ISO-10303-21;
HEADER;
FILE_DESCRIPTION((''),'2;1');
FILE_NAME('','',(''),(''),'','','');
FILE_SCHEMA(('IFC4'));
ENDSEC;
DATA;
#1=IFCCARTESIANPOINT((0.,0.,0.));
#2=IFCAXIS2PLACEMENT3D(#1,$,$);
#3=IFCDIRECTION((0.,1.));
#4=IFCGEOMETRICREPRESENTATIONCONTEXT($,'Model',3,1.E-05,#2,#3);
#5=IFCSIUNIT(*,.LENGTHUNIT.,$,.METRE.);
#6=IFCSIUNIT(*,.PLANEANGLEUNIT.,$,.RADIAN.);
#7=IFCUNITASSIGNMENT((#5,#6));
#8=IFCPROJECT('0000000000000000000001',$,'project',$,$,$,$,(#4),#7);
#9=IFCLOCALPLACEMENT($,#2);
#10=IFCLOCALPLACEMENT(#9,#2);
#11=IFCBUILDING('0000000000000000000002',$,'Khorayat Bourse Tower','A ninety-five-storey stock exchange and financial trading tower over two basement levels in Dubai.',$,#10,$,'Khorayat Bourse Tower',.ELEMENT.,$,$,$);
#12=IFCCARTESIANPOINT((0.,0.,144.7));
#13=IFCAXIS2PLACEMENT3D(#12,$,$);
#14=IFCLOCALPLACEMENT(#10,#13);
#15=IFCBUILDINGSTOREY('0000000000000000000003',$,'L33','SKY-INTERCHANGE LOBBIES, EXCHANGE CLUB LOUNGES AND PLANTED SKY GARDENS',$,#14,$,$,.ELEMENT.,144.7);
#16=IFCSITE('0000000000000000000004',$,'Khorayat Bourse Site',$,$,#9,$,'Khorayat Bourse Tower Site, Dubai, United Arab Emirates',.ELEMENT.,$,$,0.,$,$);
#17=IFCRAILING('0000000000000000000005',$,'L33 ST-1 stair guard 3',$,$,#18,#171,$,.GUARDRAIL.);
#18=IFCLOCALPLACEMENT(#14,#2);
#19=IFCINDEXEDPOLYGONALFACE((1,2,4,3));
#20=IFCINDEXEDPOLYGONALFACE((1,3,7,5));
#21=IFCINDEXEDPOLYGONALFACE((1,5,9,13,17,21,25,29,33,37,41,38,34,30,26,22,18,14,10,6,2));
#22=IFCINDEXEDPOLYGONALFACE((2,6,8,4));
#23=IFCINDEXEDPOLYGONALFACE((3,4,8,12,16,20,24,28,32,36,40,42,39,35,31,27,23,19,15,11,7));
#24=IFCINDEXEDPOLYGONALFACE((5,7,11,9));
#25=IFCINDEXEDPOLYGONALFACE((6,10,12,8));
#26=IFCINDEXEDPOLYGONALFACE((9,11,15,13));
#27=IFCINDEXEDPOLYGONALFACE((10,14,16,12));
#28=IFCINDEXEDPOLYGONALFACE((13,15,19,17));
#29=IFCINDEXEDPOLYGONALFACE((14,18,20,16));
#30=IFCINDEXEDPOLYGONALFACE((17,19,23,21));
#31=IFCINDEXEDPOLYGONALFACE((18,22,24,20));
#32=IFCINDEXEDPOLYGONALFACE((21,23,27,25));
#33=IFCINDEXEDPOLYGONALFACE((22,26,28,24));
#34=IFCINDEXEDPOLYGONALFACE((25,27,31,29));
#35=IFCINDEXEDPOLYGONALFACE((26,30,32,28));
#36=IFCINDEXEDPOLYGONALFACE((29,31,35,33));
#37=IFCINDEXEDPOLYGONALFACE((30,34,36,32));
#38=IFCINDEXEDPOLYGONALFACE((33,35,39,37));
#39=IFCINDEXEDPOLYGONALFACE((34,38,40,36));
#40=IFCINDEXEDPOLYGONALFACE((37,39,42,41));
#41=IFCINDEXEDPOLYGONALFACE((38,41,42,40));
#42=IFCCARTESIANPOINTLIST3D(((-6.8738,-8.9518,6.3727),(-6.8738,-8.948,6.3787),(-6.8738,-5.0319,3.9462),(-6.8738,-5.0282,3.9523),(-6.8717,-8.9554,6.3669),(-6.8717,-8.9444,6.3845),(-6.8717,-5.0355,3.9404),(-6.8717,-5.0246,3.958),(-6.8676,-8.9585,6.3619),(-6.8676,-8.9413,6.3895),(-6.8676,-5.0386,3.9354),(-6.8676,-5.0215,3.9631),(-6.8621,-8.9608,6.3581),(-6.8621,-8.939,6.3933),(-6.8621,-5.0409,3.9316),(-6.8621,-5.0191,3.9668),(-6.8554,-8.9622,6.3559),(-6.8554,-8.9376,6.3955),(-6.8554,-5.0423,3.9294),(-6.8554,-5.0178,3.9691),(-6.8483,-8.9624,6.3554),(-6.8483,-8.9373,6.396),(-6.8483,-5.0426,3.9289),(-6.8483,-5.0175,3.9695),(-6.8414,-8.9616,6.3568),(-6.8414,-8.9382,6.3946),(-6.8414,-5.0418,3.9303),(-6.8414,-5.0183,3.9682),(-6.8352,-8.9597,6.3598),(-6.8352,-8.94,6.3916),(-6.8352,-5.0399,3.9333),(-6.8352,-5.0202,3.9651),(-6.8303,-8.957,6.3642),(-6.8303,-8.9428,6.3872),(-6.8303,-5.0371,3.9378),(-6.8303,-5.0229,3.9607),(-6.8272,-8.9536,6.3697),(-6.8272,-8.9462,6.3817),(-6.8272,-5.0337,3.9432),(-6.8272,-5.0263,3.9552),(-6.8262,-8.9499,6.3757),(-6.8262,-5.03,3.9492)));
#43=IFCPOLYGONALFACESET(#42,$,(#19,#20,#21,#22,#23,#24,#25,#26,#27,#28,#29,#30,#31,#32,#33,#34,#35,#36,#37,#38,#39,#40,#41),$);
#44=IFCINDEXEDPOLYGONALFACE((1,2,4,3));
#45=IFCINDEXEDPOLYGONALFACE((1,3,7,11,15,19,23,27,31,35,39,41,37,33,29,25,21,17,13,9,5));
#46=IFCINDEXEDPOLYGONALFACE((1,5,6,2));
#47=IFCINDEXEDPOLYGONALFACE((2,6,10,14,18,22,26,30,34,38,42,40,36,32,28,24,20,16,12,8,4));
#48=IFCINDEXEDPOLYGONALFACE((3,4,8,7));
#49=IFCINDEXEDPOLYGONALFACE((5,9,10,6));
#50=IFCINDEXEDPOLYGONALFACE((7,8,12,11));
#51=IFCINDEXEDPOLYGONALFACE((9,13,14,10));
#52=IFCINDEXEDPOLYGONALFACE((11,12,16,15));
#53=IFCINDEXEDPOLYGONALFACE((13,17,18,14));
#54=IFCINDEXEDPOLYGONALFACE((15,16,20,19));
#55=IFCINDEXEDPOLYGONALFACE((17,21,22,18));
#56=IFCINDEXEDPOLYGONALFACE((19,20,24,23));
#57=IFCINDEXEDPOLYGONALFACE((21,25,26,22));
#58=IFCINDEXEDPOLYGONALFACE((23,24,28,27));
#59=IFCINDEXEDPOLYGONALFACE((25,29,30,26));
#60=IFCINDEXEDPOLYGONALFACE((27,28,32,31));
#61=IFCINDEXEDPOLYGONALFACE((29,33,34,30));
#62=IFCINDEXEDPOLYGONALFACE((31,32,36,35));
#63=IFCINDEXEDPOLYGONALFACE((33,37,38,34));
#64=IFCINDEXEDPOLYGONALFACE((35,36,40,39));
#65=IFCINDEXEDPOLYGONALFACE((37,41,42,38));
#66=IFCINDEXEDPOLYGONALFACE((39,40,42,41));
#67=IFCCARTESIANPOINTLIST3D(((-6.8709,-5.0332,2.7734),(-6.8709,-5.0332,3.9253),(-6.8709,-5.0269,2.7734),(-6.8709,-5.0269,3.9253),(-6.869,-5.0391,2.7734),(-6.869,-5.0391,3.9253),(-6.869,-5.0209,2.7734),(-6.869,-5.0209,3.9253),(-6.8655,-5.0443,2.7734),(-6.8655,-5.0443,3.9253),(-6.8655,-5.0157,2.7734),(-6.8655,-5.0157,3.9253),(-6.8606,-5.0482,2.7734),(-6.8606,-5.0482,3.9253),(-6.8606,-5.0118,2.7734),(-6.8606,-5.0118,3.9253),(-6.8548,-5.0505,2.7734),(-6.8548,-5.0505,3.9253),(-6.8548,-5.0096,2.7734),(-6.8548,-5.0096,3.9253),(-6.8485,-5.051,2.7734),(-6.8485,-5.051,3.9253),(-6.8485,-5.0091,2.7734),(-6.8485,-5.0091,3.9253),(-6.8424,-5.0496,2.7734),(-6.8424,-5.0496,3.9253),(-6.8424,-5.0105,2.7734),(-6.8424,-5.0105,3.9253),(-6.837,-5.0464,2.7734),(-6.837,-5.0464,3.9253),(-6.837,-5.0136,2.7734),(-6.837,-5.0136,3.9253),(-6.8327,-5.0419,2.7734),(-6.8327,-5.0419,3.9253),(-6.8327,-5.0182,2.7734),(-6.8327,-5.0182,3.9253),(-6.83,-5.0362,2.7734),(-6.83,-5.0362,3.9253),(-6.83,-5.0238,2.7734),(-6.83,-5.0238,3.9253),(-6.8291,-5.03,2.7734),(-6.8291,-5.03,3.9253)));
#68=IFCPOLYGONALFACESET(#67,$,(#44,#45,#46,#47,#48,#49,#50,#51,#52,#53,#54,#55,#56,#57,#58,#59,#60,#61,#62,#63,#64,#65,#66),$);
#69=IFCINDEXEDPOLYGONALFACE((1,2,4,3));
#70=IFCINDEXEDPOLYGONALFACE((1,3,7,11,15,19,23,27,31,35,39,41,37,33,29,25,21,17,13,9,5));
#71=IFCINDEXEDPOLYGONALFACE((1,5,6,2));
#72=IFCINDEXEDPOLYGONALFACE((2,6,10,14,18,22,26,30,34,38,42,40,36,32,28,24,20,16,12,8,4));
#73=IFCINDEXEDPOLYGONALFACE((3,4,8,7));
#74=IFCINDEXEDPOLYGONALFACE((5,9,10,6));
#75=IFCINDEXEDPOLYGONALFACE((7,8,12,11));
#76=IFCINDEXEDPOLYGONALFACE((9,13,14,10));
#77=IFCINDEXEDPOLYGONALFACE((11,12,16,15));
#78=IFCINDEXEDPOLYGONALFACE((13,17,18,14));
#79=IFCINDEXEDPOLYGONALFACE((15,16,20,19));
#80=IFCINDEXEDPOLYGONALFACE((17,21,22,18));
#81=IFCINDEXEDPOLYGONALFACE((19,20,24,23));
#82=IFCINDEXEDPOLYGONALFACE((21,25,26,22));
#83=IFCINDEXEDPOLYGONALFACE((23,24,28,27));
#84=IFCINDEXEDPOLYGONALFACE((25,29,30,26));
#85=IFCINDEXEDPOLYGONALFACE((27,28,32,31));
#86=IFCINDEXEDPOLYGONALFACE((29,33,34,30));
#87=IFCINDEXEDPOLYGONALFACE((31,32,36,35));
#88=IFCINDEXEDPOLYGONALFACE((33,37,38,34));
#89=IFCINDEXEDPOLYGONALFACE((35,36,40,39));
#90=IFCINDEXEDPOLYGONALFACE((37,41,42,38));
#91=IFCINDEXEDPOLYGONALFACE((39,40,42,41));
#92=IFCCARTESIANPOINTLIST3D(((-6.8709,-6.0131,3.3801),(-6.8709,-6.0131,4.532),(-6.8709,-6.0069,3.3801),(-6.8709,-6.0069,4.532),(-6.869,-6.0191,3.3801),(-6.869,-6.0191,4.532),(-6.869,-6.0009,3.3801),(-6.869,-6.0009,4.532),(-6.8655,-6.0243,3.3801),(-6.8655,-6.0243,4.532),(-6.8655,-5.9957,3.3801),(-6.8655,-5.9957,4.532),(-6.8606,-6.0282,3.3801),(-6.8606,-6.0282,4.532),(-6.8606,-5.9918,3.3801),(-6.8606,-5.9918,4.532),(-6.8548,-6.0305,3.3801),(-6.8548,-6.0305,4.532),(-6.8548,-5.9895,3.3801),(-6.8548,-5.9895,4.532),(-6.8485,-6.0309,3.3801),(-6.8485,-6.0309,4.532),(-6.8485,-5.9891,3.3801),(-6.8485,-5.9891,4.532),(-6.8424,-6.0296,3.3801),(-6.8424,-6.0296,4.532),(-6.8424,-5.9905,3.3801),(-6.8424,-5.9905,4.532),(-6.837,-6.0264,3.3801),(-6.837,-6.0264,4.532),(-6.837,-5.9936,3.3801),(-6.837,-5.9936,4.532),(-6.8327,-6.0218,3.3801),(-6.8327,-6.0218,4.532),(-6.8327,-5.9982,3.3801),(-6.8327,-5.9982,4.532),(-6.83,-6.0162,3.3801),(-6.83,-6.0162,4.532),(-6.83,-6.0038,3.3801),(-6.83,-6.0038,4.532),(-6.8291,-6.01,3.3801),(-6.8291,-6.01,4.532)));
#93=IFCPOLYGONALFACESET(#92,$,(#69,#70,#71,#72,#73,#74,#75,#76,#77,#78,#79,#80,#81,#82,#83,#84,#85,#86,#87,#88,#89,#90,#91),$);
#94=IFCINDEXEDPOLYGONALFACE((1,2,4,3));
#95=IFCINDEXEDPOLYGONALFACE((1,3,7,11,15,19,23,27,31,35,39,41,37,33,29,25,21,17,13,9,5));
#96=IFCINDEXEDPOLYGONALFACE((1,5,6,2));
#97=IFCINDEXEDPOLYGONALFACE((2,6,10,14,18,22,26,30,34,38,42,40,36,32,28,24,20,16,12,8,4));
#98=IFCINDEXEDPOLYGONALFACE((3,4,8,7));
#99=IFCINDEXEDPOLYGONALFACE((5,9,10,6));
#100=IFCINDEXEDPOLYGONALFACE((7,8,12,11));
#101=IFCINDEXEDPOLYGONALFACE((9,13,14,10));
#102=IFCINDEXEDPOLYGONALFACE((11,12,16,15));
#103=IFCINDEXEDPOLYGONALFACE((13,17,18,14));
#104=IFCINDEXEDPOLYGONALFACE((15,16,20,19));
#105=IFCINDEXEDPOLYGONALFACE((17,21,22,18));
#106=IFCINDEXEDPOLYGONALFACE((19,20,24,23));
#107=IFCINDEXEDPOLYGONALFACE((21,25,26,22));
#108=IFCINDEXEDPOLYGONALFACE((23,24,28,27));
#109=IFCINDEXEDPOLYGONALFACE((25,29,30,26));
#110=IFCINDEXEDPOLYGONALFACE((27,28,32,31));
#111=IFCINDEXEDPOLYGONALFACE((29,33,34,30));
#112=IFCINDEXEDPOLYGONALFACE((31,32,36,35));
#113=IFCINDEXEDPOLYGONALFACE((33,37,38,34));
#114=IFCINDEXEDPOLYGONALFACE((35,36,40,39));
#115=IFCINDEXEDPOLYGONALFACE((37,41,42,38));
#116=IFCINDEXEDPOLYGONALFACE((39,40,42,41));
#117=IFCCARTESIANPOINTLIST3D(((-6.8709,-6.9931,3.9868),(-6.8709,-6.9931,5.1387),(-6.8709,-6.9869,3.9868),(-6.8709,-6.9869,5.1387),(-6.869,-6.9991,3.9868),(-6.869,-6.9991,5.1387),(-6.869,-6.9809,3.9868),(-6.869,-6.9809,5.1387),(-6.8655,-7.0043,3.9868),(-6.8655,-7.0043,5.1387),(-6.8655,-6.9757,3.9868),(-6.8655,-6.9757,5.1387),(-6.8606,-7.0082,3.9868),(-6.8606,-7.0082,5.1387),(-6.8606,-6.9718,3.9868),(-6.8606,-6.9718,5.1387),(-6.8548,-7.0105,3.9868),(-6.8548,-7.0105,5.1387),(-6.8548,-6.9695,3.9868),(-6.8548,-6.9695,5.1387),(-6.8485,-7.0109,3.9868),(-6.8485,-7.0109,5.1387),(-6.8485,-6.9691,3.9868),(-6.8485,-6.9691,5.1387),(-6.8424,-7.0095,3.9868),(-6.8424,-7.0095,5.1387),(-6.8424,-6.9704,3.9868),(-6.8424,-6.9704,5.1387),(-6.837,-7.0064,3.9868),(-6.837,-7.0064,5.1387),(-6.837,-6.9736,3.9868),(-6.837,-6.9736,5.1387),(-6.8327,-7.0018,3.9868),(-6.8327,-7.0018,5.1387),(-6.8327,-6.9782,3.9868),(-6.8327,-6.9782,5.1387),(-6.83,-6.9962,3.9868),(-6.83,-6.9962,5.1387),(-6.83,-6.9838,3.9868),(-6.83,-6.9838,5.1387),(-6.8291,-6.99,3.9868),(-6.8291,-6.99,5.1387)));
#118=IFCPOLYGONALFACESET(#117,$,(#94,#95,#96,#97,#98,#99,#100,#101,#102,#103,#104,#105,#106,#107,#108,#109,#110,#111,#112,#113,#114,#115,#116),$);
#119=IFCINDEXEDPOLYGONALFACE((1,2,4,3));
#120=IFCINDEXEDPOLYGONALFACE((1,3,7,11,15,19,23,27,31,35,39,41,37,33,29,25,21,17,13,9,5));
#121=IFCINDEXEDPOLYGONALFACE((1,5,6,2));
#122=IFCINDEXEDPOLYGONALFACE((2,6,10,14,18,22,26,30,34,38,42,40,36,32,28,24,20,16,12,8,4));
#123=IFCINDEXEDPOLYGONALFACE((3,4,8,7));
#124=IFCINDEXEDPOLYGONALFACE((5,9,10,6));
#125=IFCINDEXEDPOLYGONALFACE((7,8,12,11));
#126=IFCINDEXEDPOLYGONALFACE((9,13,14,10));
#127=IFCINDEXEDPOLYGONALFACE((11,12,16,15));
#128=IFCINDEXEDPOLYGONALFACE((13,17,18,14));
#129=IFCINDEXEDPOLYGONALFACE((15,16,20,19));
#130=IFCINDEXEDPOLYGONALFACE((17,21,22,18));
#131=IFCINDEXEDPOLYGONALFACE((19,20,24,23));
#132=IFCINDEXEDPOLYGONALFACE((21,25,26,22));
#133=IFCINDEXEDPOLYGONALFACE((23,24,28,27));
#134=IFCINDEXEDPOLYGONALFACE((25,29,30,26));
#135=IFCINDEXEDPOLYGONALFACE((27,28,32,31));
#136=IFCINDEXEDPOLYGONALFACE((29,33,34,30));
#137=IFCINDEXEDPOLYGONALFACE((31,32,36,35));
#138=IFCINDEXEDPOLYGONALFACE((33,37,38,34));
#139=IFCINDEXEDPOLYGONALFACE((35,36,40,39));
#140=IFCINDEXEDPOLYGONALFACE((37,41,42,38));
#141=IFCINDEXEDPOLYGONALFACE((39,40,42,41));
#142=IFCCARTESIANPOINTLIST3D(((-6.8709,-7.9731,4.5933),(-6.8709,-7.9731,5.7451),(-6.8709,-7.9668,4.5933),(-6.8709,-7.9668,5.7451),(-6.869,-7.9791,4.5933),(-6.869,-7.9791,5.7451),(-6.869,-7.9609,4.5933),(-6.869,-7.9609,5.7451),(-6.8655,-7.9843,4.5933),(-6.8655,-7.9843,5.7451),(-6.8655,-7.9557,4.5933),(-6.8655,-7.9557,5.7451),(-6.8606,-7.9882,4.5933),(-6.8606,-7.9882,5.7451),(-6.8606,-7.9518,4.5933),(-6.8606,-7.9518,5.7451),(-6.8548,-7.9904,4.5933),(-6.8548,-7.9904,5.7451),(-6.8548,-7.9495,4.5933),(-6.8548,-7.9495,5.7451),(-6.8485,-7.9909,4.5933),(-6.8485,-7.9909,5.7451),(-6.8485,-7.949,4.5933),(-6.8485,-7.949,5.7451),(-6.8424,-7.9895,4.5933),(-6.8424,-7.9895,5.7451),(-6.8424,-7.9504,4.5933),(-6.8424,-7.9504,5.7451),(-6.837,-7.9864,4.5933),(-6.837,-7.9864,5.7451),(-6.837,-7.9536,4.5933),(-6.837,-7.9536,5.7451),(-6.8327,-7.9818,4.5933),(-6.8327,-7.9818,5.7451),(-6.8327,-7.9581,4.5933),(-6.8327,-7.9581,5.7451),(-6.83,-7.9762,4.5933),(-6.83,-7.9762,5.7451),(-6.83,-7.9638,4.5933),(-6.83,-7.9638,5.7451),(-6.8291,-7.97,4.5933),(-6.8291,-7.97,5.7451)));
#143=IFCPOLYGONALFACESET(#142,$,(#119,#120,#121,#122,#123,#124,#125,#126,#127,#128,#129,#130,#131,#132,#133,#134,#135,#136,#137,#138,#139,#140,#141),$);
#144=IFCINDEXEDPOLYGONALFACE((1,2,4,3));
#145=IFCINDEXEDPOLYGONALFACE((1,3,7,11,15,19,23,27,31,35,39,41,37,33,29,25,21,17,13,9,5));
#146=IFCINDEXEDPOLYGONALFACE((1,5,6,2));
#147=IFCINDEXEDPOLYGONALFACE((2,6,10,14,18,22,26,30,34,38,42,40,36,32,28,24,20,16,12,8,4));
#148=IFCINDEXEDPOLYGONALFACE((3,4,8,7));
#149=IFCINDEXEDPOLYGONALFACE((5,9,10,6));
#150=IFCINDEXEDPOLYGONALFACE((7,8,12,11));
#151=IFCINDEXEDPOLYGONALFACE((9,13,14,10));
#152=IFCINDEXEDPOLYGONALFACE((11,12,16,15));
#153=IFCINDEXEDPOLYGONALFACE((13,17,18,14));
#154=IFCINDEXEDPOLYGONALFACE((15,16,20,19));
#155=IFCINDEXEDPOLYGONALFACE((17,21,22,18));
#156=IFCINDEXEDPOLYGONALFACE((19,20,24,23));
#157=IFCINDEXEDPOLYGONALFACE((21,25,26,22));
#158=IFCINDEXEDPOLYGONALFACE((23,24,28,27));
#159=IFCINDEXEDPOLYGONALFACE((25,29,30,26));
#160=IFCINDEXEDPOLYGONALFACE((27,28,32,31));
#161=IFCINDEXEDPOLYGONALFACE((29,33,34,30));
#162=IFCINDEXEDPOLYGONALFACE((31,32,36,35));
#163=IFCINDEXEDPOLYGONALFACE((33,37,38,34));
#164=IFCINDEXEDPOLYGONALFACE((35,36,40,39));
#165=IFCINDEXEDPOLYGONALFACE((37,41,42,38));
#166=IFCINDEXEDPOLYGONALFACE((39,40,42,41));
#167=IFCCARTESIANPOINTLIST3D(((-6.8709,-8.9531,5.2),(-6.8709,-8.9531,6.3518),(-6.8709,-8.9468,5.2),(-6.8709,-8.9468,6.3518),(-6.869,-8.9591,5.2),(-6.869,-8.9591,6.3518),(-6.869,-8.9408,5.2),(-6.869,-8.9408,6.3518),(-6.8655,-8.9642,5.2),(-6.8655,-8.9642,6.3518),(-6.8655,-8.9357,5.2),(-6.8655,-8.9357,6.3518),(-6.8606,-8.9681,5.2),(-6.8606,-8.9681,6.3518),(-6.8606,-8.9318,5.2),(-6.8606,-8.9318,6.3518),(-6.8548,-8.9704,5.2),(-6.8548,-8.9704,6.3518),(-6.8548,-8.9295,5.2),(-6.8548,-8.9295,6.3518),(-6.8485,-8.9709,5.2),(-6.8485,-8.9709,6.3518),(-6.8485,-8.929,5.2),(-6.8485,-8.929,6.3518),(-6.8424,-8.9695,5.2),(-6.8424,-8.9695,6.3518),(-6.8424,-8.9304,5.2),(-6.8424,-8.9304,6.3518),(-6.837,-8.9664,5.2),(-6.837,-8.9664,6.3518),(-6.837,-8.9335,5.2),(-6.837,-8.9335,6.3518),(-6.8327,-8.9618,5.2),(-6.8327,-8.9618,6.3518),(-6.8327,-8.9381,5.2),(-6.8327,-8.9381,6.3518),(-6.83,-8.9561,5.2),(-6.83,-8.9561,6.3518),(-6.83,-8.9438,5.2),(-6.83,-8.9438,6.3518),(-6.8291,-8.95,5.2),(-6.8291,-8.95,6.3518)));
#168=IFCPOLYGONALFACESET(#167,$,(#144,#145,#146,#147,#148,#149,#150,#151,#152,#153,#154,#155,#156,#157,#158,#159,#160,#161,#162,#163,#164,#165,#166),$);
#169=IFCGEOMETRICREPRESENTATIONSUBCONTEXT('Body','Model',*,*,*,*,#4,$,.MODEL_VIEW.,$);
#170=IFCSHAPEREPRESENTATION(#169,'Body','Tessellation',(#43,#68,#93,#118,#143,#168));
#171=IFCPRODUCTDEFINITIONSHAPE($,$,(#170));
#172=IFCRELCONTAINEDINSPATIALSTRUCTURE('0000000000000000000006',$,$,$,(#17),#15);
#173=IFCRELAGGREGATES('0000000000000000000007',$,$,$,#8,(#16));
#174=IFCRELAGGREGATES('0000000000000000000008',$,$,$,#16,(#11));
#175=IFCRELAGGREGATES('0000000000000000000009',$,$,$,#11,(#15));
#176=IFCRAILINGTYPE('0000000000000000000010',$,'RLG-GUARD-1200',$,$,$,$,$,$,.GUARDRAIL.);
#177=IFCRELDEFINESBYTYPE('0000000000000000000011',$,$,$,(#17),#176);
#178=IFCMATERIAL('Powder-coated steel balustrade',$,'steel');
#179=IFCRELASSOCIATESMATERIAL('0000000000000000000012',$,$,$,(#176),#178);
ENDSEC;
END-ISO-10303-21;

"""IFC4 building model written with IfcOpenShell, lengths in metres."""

from ifc_helpers import new_model, si_unit, direction, frame, origin, origin_2d, place, context, subcontext, project, spatial, circle, extrude, source, transform, mapped, material, type_object, element, save


model = new_model("IFC4")

# Units and contexts
model_context = context("Model", 3, precision=1e-05, world=origin(), true_north=direction((0.0, 1.0)))
body_context = subcontext(model_context, "Body", "Model", "MODEL_VIEW")
ifc_project = project(units=[si_unit("LENGTHUNIT", "METRE"), si_unit("PLANEANGLEUNIT", "RADIAN")], contexts=[model_context])

# Site, building, storey
site_placement = place(None, origin())
site = spatial("IfcSite", under=ifc_project, at=site_placement, Name="Khorayat Bourse Site", LongName="Khorayat Bourse Tower Site, Dubai, United Arab Emirates", CompositionType="ELEMENT", RefElevation=0.0)
building_placement = place(site_placement, origin())
building = spatial("IfcBuilding", under=site, at=building_placement, Name="Khorayat Bourse Tower", Description="A ninety-five-storey stock exchange and financial trading tower over two basement levels in Dubai.", LongName="Khorayat Bourse Tower", CompositionType="ELEMENT")
storey_placement = place(building_placement, frame((0.0, 0.0, 144.7)))
storey = spatial("IfcBuildingStorey", under=building, at=storey_placement, Name="L33", Description="SKY-INTERCHANGE LOBBIES, EXCHANGE CLUB LOUNGES AND PLANTED SKY GARDENS", CompositionType="ELEMENT", Elevation=144.7)

# Railing
ifc_material_1 = material(Name="Powder-coated steel balustrade", Category="steel")
railing_type_1 = type_object("IfcRailingType", Name="RLG-GUARD-1200", PredefinedType="GUARDRAIL", material=ifc_material_1)
shared_shape_1 = source(origin(), body_context, "Body", "SweptSolid", [
    extrude(circle(Radius=0.0239, at=origin_2d()), frame((0.0, 0.0, 1.1758), z_axis=(0.0, -0.850275, 0.526338), x_axis=(1.0, 0.0, 0.0)), (0.0, 0.0, 1.0), 4.6101),
    extrude(circle(Radius=0.021, at=origin_2d()), origin(), (0.0, 0.0, 1.0), 1.1519),
    extrude(circle(Radius=0.021, at=origin_2d()), frame((0.0, -0.98, 0.6067)), (0.0, 0.0, 1.0), 1.1519),
    extrude(circle(Radius=0.021, at=origin_2d()), frame((0.0, -1.96, 1.2134)), (0.0, 0.0, 1.0), 1.1519),
    extrude(circle(Radius=0.021, at=origin_2d()), frame((0.0, -2.9399, 1.8198)), (0.0, 0.0, 1.0), 1.1519),
    extrude(circle(Radius=0.021, at=origin_2d()), frame((0.0, -3.9199, 2.4265)), (0.0, 0.0, 1.0), 1.1519),
])
railing_1_placement = place(storey_placement, frame((-6.8501, -5.03, 2.7734)))
element("IfcRailing", 1, at=railing_1_placement, inside=storey, type_object=railing_type_1, Name="L33 ST-1 stair guard 3", PredefinedType="GUARDRAIL", context=body_context, shape_type="MappedRepresentation", body=[
    mapped(shared_shape_1, transform((0.0, 0.0, 0.0), scale=1.0)),
])

save(model, "model.ifc")
